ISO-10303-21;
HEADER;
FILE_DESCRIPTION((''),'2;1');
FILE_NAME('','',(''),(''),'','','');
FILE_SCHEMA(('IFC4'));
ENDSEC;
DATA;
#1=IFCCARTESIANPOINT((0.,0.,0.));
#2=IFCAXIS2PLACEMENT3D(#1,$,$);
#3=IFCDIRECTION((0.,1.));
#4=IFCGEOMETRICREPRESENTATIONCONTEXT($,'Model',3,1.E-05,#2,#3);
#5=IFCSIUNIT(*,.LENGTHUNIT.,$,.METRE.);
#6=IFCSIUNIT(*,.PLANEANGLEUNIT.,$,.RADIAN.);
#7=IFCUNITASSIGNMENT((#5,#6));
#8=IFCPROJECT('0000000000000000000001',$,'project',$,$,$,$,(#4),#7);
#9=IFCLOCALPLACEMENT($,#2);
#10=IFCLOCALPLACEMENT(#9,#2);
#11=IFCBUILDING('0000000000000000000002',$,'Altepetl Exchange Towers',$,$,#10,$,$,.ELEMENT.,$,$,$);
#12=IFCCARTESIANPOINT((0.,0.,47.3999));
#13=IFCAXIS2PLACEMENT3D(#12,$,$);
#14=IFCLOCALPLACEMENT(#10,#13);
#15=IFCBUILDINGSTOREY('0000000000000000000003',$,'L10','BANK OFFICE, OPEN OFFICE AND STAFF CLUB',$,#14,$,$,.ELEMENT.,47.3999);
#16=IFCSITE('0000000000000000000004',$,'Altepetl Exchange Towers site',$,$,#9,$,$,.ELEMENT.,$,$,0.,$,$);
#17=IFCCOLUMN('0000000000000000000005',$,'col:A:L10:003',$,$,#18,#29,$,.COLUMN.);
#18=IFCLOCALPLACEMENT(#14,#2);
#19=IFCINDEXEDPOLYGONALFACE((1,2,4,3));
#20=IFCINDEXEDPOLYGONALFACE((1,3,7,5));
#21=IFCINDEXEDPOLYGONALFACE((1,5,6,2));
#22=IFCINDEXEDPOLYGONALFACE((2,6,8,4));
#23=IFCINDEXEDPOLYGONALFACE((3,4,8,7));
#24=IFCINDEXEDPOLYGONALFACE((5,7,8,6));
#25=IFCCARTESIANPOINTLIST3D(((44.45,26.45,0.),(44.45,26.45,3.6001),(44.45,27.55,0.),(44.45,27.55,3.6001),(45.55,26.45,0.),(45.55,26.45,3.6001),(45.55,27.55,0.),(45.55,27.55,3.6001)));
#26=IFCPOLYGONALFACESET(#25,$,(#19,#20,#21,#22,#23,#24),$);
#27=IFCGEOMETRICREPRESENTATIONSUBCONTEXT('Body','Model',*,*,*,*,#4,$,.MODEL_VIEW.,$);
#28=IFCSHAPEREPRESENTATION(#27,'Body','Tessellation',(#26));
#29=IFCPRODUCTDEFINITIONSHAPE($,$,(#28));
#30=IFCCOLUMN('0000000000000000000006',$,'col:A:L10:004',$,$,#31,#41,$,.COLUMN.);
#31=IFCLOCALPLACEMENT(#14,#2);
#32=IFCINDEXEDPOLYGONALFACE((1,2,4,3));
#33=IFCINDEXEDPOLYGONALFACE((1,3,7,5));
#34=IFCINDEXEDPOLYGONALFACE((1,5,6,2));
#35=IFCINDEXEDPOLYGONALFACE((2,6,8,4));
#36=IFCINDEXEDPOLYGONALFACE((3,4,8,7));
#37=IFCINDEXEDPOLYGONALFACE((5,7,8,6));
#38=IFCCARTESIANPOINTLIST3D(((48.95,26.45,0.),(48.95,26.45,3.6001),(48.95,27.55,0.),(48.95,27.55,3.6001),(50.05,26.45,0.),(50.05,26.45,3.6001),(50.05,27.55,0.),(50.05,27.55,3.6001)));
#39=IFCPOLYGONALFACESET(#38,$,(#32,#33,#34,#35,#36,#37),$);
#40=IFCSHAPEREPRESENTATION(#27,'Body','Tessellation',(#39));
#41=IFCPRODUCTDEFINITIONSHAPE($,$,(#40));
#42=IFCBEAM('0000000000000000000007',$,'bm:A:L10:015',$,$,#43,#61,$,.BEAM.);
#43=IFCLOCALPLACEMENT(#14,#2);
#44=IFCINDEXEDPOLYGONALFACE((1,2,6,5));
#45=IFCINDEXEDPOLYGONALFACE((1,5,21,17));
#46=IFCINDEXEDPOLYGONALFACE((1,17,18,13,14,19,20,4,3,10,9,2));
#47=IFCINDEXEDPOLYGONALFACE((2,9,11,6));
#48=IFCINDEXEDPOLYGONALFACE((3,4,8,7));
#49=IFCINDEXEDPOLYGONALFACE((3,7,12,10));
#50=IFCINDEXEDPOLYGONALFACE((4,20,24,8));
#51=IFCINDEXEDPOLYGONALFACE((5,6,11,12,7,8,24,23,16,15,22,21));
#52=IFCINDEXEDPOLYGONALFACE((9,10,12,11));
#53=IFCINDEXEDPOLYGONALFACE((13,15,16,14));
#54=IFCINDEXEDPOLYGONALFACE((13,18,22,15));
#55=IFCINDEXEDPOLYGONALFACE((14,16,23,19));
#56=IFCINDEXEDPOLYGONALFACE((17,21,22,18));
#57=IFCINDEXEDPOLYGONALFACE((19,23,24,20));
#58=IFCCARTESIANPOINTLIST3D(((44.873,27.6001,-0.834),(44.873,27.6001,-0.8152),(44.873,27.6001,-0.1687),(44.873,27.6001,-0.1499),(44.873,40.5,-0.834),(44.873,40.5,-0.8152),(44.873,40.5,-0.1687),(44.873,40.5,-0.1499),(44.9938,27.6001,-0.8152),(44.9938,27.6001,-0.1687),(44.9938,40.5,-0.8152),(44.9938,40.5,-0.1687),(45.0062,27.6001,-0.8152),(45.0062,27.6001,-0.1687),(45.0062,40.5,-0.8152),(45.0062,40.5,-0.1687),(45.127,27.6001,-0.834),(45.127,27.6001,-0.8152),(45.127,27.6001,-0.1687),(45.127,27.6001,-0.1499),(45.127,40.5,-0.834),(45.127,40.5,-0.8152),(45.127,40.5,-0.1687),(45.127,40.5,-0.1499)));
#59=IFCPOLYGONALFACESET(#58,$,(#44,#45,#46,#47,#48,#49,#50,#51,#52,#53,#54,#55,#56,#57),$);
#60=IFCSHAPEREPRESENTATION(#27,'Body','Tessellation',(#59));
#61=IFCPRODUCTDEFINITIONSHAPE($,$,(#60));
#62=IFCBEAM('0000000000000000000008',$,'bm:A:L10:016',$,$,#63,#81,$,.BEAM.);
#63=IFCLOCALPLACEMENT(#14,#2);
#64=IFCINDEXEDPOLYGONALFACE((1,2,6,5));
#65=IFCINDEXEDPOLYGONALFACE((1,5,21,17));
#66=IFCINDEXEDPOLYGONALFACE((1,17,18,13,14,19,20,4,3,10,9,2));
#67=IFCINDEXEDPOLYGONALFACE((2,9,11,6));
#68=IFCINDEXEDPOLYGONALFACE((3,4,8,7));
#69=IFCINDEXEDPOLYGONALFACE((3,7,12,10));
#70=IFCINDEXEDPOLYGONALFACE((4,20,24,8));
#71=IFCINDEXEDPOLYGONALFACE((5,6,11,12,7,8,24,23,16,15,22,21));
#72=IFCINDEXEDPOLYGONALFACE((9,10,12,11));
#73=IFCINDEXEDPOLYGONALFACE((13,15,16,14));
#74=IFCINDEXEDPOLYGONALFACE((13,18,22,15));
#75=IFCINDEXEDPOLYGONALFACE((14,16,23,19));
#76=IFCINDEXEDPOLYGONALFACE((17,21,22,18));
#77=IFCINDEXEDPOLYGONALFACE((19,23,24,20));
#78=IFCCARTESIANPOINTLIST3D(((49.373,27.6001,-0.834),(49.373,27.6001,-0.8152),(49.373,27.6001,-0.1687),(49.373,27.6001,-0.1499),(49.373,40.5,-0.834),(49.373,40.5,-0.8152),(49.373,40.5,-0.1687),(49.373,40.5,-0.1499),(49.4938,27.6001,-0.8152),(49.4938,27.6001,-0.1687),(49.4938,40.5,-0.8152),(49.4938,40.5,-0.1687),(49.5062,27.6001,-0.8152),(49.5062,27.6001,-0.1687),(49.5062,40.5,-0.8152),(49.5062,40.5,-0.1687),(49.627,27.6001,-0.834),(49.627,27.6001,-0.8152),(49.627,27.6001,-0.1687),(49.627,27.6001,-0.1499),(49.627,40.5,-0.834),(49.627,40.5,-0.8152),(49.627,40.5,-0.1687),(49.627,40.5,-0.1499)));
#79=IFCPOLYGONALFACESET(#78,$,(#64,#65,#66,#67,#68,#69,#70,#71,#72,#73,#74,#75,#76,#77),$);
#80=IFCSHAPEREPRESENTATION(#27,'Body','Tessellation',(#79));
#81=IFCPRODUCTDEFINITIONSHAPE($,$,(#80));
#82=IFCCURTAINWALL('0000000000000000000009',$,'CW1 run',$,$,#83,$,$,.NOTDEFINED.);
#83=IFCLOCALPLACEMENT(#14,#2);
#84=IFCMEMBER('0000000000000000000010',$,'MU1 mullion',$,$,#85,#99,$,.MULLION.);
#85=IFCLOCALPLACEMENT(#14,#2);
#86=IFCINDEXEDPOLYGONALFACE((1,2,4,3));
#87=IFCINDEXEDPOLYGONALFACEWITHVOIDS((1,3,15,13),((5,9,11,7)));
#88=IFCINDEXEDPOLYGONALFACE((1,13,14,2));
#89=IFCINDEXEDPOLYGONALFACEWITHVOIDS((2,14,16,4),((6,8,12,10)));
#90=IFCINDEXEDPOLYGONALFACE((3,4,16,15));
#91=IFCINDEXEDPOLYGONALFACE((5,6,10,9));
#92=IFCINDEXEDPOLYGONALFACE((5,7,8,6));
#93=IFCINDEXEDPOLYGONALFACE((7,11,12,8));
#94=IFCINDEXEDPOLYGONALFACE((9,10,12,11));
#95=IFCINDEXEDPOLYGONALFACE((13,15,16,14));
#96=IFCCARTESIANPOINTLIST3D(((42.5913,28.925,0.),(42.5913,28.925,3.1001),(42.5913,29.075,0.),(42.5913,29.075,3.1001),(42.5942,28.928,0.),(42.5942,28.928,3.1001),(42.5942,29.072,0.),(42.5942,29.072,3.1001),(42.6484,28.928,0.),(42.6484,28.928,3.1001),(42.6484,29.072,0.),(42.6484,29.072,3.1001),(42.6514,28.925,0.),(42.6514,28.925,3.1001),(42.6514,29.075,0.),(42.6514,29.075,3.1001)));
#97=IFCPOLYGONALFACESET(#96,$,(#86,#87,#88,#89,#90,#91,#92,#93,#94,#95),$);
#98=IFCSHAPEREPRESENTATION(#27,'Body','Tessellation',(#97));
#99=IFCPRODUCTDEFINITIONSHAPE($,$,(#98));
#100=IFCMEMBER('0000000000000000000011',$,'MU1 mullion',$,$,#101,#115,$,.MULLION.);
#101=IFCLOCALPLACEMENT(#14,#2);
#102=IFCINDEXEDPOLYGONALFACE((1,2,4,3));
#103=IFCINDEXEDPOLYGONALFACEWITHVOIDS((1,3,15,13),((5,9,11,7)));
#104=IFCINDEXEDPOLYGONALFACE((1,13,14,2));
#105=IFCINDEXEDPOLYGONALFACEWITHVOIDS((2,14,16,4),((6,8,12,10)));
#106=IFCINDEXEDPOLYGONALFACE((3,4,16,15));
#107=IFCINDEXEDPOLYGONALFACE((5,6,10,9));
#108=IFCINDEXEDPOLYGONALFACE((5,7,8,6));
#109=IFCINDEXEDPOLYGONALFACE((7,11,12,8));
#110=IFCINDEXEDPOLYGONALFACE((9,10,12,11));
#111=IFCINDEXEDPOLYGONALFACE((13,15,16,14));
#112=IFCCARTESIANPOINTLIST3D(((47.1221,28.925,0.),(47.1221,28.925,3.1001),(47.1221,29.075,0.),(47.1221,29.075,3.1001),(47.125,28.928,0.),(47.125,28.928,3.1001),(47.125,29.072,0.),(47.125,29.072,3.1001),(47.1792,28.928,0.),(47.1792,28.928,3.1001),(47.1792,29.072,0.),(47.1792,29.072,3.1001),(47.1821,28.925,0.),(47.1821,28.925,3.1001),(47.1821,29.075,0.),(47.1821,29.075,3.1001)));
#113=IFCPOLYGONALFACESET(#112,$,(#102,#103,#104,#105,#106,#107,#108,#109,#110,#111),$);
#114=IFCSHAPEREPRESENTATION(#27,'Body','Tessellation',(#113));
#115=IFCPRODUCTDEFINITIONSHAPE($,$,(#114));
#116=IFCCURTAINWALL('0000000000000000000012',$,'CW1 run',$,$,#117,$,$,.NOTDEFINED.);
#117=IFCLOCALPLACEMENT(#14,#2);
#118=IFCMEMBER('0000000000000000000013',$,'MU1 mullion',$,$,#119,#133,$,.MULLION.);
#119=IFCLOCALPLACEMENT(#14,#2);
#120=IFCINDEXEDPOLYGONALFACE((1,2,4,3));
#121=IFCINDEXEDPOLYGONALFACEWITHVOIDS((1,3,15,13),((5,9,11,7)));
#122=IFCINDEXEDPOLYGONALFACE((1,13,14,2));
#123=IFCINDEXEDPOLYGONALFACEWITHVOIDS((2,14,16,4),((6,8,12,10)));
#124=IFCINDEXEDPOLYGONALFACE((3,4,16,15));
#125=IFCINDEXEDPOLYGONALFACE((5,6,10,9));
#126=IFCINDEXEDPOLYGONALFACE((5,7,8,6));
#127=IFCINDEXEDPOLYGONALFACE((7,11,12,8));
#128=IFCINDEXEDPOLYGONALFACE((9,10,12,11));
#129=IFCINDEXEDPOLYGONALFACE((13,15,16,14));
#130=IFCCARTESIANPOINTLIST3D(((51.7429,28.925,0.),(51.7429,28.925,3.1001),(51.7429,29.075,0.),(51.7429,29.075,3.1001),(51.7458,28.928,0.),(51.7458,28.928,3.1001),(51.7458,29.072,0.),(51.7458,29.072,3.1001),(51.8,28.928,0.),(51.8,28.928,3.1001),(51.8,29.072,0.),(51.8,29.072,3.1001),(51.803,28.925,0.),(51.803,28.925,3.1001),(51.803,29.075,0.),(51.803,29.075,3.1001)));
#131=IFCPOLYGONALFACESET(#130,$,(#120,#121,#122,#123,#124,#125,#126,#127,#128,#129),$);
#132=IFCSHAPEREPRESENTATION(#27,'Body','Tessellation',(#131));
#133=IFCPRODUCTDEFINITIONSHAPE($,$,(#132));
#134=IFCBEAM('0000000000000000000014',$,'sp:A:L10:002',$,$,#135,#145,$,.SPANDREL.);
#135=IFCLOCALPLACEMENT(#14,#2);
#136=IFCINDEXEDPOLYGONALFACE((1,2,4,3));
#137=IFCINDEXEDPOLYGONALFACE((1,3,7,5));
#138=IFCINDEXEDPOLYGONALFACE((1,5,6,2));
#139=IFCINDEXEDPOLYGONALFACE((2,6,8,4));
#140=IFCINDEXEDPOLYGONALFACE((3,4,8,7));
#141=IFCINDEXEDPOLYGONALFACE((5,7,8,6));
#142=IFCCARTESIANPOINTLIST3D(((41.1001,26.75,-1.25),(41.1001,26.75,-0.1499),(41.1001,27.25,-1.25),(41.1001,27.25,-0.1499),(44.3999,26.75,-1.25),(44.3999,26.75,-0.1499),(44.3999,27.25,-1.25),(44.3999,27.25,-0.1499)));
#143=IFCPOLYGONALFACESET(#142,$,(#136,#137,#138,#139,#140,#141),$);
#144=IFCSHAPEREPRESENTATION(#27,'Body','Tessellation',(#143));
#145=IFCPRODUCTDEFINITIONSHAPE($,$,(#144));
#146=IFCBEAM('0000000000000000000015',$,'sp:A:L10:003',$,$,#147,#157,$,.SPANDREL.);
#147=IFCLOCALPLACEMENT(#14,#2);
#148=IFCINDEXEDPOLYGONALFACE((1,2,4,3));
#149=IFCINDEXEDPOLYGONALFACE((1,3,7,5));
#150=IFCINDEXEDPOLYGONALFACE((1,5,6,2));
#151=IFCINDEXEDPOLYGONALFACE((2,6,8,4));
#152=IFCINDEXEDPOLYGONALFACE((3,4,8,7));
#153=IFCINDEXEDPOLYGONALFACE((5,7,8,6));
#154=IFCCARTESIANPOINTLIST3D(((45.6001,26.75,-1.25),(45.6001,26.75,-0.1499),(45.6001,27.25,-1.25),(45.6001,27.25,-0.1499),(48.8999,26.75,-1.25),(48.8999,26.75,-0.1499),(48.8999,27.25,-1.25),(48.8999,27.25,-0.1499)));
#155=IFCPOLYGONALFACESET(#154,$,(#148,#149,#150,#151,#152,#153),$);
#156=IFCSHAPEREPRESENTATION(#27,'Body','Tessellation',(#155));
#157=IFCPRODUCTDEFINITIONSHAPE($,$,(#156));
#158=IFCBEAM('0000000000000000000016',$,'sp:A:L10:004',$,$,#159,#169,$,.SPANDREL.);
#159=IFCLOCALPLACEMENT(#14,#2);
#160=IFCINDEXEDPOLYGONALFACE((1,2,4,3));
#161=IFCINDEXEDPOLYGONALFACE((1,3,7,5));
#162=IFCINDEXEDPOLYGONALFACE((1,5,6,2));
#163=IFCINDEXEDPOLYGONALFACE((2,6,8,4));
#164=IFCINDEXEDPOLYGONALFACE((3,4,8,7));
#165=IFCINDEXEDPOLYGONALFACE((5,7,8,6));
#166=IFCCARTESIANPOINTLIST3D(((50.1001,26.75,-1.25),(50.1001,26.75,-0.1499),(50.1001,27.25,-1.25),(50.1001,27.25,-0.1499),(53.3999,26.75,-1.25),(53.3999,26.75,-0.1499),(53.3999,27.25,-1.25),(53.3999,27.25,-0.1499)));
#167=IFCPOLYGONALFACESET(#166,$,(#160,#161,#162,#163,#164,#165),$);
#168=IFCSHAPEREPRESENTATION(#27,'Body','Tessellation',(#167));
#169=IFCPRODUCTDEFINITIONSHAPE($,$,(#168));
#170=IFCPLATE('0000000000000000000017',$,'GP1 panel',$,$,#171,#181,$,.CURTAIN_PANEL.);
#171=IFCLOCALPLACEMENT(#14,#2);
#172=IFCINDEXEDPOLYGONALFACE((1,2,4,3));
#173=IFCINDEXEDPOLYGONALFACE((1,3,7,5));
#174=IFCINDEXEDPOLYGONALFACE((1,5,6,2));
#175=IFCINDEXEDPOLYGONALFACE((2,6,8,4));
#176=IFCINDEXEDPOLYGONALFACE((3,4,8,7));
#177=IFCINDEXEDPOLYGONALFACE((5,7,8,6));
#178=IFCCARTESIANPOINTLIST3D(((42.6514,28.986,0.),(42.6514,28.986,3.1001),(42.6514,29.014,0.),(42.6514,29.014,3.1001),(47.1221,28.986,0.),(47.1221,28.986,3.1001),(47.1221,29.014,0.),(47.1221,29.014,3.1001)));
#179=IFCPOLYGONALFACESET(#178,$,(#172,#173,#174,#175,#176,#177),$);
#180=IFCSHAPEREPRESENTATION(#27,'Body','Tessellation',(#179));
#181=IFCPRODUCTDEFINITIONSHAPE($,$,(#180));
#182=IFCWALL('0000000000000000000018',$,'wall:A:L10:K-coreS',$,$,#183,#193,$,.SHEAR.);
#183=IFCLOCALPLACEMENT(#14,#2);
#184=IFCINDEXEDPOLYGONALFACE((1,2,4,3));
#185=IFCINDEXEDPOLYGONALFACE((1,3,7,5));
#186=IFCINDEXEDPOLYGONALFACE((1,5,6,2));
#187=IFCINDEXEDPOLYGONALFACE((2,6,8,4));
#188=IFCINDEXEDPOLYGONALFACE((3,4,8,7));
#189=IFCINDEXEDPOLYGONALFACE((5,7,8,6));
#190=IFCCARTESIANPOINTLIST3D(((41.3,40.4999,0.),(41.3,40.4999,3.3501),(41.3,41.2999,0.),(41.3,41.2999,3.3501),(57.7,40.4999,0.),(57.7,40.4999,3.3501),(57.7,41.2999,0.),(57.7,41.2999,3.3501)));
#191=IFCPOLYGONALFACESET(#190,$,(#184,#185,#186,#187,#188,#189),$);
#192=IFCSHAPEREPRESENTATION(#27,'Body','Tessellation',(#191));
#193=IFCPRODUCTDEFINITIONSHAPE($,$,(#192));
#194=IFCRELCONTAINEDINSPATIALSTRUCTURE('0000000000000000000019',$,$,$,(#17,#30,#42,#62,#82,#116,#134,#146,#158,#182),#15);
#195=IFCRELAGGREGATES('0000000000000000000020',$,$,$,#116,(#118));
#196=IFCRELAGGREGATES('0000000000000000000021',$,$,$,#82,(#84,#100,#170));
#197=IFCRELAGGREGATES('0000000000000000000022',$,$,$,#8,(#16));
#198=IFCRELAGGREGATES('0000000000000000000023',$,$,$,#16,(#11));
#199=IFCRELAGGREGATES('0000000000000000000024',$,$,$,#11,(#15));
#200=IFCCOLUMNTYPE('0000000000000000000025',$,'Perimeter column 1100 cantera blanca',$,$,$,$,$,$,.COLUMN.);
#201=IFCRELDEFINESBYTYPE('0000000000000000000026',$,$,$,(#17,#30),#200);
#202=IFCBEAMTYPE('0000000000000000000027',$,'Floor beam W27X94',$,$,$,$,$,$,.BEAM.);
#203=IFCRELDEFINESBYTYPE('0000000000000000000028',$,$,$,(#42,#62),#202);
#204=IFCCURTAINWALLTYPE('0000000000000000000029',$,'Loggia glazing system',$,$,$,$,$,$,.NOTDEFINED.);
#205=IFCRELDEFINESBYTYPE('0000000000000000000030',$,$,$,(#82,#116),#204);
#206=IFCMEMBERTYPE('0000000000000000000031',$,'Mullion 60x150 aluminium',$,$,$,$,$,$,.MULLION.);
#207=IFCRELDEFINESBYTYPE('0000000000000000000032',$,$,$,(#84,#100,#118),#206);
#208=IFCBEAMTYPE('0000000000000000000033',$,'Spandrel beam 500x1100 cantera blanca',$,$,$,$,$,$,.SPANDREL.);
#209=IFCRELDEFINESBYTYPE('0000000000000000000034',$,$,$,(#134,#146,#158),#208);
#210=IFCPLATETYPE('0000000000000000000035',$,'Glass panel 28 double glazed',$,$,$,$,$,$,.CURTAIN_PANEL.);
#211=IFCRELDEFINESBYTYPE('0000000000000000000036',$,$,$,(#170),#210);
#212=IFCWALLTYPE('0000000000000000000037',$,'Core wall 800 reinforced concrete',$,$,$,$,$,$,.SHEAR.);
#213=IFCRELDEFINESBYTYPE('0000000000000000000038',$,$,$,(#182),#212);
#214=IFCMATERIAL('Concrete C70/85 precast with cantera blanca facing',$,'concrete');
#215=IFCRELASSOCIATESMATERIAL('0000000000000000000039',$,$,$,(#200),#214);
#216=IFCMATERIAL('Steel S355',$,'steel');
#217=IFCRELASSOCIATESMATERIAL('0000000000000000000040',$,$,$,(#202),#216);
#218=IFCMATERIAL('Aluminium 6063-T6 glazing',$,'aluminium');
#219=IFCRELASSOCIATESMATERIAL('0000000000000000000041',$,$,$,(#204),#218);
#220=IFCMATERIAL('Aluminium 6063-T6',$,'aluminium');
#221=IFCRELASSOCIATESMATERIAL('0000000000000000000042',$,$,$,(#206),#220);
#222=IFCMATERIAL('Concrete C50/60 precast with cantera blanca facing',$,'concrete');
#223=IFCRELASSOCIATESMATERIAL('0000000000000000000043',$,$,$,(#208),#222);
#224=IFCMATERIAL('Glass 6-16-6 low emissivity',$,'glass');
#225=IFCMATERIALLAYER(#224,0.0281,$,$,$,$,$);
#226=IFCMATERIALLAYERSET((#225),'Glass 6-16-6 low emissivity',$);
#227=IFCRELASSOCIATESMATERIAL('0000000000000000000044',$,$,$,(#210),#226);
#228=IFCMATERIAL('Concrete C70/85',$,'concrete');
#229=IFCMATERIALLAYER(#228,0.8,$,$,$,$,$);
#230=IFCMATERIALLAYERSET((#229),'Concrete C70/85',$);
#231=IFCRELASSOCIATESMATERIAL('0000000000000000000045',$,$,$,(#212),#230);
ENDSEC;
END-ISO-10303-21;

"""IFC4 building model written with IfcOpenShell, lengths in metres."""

from ifc_helpers import new_model, si_unit, direction, frame, frame_2d, origin, origin_2d, place, context, subcontext, project, spatial, rectangle, hollow_rectangle, i_section, extrude, material, layer, layer_set, material_profile, profile_set, type_object, element, aggregate, save


model = new_model("IFC4")

# Units and contexts
model_context = context("Model", 3, precision=1e-05, world=origin(), true_north=direction((0.0, 1.0)))
body_context = subcontext(model_context, "Body", "Model", "MODEL_VIEW")
ifc_project = project(units=[si_unit("LENGTHUNIT", "METRE"), si_unit("PLANEANGLEUNIT", "RADIAN")], contexts=[model_context])

# Site, building, storey
site_placement = place(None, origin())
site = spatial("IfcSite", under=ifc_project, at=site_placement, Name="Altepetl Exchange Towers site", CompositionType="ELEMENT", RefElevation=0.0)
building_placement = place(site_placement, origin())
building = spatial("IfcBuilding", under=site, at=building_placement, Name="Altepetl Exchange Towers", CompositionType="ELEMENT")
storey_placement = place(building_placement, frame((0.0, 0.0, 47.3999)))
storey = spatial("IfcBuildingStorey", under=building, at=storey_placement, Name="L10", Description="BANK OFFICE, OPEN OFFICE AND STAFF CLUB", CompositionType="ELEMENT", Elevation=47.3999)

# Columns
ifc_material_1 = material(Name="Concrete C70/85 precast with cantera blanca facing", Category="concrete")
ifc_material_profile_1 = material_profile(ifc_material_1, rectangle(XDim=1.1001, YDim=1.1001, at=origin_2d()), Name="1100 x 1100")
ifc_profile_set_1 = profile_set([ifc_material_profile_1], Name="Concrete C70/85 precast with cantera blanca facing")
column_type = type_object("IfcColumnType", Name="Perimeter column 1100 cantera blanca", PredefinedType="COLUMN", material=ifc_profile_set_1)
for number, where, name in (
    (1, (45.0, 27.0, 0.0), "col:A:L10:003"),
    (2, (49.5, 27.0, 0.0), "col:A:L10:004"),
):
    element("IfcColumn", number, at=place(storey_placement, frame(where)), inside=storey, type_object=column_type, Name=name, PredefinedType="COLUMN", context=body_context, shape_type="SweptSolid", body=[
        extrude(rectangle(XDim=1.1001, YDim=1.1001, at=origin_2d()), origin(), (0.0, 0.0, 1.0), 3.6001),
    ])

# Beams
ifc_material_2 = material(Name="Steel S355", Category="steel")
ifc_material_profile_2 = material_profile(ifc_material_2, i_section(OverallWidth=0.2539, OverallDepth=0.6841, WebThickness=0.0125, FlangeThickness=0.0188, at=origin_2d()), Name="W27X94")
ifc_profile_set_2 = profile_set([ifc_material_profile_2], Name="Steel S355")
beam_type_1 = type_object("IfcBeamType", Name="Floor beam W27X94", PredefinedType="BEAM", material=ifc_profile_set_2)
for number, where, z_axis, x_axis, name in (
    (3, (45.0, 27.6001, -0.4919), (0.0, 1.0, 0.0), (-1.0, 0.0, 0.0), "bm:A:L10:015"),
    (4, (49.5, 27.6001, -0.4919), (0.0, 1.0, 0.0), (-1.0, 0.0, 0.0), "bm:A:L10:016"),
):
    element("IfcBeam", number, at=place(storey_placement, frame(where, z_axis=z_axis, x_axis=x_axis)), inside=storey, type_object=beam_type_1, Name=name, PredefinedType="BEAM", context=body_context, shape_type="SweptSolid", body=[
        extrude(i_section(OverallWidth=0.2539, OverallDepth=0.6841, WebThickness=0.0125, FlangeThickness=0.0188, at=origin_2d()), origin(), (0.0, 0.0, 1.0), 12.8999),
    ])

# Curtain wall, members
ifc_material_3 = material(Name="Aluminium 6063-T6 glazing", Category="aluminium")
curtain_wall_type = type_object("IfcCurtainWallType", Name="Loggia glazing system", PredefinedType="NOTDEFINED", material=ifc_material_3)
curtain_wall_1_placement = place(storey_placement, origin())
curtain_wall_1 = element("IfcCurtainWall", 5, at=curtain_wall_1_placement, inside=storey, type_object=curtain_wall_type, Name="CW1 run", PredefinedType="NOTDEFINED")
ifc_material_4 = material(Name="Aluminium 6063-T6", Category="aluminium")
ifc_material_profile_3 = material_profile(ifc_material_4, hollow_rectangle(XDim=0.0601, YDim=0.1499, WallThickness=0.0029, at=origin_2d()), Name="Mullion 60x150 aluminium")
ifc_profile_set_3 = profile_set([ifc_material_profile_3], Name="Aluminium 6063-T6")
member_type = type_object("IfcMemberType", Name="Mullion 60x150 aluminium", PredefinedType="MULLION", material=ifc_profile_set_3)
member_1_placement = place(storey_placement, frame((42.6213, 29.0, 0.0)))
member_1 = element("IfcMember", 6, at=member_1_placement, type_object=member_type, Name="MU1 mullion", PredefinedType="MULLION", context=body_context, shape_type="SweptSolid", body=[
    extrude(hollow_rectangle(XDim=0.0601, YDim=0.1499, WallThickness=0.0029, at=origin_2d()), origin(), (0.0, 0.0, 1.0), 3.1001),
])
member_2_placement = place(storey_placement, frame((47.1521, 29.0, 0.0)))
member_2 = element("IfcMember", 7, at=member_2_placement, type_object=member_type, Name="MU1 mullion", PredefinedType="MULLION", context=body_context, shape_type="SweptSolid", body=[
    extrude(hollow_rectangle(XDim=0.0601, YDim=0.1499, WallThickness=0.0029, at=origin_2d()), origin(), (0.0, 0.0, 1.0), 3.1001),
])

# Curtain wall, member
curtain_wall_2_placement = place(storey_placement, origin())
curtain_wall_2 = element("IfcCurtainWall", 8, at=curtain_wall_2_placement, inside=storey, type_object=curtain_wall_type, Name="CW1 run", PredefinedType="NOTDEFINED")
member_3_placement = place(storey_placement, frame((51.7729, 29.0, 0.0)))
member_3 = element("IfcMember", 9, at=member_3_placement, type_object=member_type, Name="MU1 mullion", PredefinedType="MULLION", context=body_context, shape_type="SweptSolid", body=[
    extrude(hollow_rectangle(XDim=0.0601, YDim=0.1499, WallThickness=0.0029, at=origin_2d()), origin(), (0.0, 0.0, 1.0), 3.1001),
])
aggregate(curtain_wall_2, [member_3])

# Beams
ifc_material_5 = material(Name="Concrete C50/60 precast with cantera blanca facing", Category="concrete")
ifc_material_profile_4 = material_profile(ifc_material_5, rectangle(XDim=0.5, YDim=1.1001, at=origin_2d()), Name="500 x 1100")
ifc_profile_set_4 = profile_set([ifc_material_profile_4], Name="Concrete C50/60 precast with cantera blanca facing")
beam_type_2 = type_object("IfcBeamType", Name="Spandrel beam 500x1100 cantera blanca", PredefinedType="SPANDREL", material=ifc_profile_set_4)
for number, where, z_axis, x_axis, name in (
    (10, (41.1001, 27.0, -0.7), (1.0, 0.0, 0.0), (0.0, 1.0, 0.0), "sp:A:L10:002"),
    (11, (45.6001, 27.0, -0.7), (1.0, 0.0, 0.0), (0.0, 1.0, 0.0), "sp:A:L10:003"),
    (12, (50.1001, 27.0, -0.7), (1.0, 0.0, 0.0), (0.0, 1.0, 0.0), "sp:A:L10:004"),
):
    element("IfcBeam", number, at=place(storey_placement, frame(where, z_axis=z_axis, x_axis=x_axis)), inside=storey, type_object=beam_type_2, Name=name, PredefinedType="SPANDREL", context=body_context, shape_type="SweptSolid", body=[
        extrude(rectangle(XDim=0.5, YDim=1.1001, at=origin_2d()), origin(), (0.0, 0.0, 1.0), 3.2998),
    ])

# Plate
ifc_material_6 = material(Name="Glass 6-16-6 low emissivity", Category="glass")
ifc_layer_1 = layer(ifc_material_6, 0.0281)
ifc_layer_set_1 = layer_set([ifc_layer_1], Name="Glass 6-16-6 low emissivity")
plate_type = type_object("IfcPlateType", Name="Glass panel 28 double glazed", PredefinedType="CURTAIN_PANEL", material=ifc_layer_set_1)
plate_placement = place(storey_placement, frame((44.8867, 29.0, 0.0)))
plate = element("IfcPlate", 13, at=plate_placement, type_object=plate_type, Name="GP1 panel", PredefinedType="CURTAIN_PANEL", context=body_context, shape_type="SweptSolid", body=[
    extrude(rectangle(XDim=4.4707, YDim=0.0281, at=origin_2d()), origin(), (0.0, 0.0, 1.0), 3.1001),
])
aggregate(curtain_wall_1, [member_1, member_2, plate])

# Wall
ifc_material_7 = material(Name="Concrete C70/85", Category="concrete")
ifc_layer_2 = layer(ifc_material_7, 0.8)
ifc_layer_set_2 = layer_set([ifc_layer_2], Name="Concrete C70/85")
wall_type_1 = type_object("IfcWallType", Name="Core wall 800 reinforced concrete", PredefinedType="SHEAR", material=ifc_layer_set_2)
wall_1_placement = place(storey_placement, frame((41.3, 40.8999, 0.0)))
element("IfcWall", 14, at=wall_1_placement, inside=storey, type_object=wall_type_1, Name="wall:A:L10:K-coreS", PredefinedType="SHEAR", context=body_context, shape_type="SweptSolid", body=[
    extrude(rectangle(XDim=16.3999, YDim=0.8, at=frame_2d((8.2, 0.0))), origin(), (0.0, 0.0, 1.0), 3.3501),
])

save(model, "model.ifc")
